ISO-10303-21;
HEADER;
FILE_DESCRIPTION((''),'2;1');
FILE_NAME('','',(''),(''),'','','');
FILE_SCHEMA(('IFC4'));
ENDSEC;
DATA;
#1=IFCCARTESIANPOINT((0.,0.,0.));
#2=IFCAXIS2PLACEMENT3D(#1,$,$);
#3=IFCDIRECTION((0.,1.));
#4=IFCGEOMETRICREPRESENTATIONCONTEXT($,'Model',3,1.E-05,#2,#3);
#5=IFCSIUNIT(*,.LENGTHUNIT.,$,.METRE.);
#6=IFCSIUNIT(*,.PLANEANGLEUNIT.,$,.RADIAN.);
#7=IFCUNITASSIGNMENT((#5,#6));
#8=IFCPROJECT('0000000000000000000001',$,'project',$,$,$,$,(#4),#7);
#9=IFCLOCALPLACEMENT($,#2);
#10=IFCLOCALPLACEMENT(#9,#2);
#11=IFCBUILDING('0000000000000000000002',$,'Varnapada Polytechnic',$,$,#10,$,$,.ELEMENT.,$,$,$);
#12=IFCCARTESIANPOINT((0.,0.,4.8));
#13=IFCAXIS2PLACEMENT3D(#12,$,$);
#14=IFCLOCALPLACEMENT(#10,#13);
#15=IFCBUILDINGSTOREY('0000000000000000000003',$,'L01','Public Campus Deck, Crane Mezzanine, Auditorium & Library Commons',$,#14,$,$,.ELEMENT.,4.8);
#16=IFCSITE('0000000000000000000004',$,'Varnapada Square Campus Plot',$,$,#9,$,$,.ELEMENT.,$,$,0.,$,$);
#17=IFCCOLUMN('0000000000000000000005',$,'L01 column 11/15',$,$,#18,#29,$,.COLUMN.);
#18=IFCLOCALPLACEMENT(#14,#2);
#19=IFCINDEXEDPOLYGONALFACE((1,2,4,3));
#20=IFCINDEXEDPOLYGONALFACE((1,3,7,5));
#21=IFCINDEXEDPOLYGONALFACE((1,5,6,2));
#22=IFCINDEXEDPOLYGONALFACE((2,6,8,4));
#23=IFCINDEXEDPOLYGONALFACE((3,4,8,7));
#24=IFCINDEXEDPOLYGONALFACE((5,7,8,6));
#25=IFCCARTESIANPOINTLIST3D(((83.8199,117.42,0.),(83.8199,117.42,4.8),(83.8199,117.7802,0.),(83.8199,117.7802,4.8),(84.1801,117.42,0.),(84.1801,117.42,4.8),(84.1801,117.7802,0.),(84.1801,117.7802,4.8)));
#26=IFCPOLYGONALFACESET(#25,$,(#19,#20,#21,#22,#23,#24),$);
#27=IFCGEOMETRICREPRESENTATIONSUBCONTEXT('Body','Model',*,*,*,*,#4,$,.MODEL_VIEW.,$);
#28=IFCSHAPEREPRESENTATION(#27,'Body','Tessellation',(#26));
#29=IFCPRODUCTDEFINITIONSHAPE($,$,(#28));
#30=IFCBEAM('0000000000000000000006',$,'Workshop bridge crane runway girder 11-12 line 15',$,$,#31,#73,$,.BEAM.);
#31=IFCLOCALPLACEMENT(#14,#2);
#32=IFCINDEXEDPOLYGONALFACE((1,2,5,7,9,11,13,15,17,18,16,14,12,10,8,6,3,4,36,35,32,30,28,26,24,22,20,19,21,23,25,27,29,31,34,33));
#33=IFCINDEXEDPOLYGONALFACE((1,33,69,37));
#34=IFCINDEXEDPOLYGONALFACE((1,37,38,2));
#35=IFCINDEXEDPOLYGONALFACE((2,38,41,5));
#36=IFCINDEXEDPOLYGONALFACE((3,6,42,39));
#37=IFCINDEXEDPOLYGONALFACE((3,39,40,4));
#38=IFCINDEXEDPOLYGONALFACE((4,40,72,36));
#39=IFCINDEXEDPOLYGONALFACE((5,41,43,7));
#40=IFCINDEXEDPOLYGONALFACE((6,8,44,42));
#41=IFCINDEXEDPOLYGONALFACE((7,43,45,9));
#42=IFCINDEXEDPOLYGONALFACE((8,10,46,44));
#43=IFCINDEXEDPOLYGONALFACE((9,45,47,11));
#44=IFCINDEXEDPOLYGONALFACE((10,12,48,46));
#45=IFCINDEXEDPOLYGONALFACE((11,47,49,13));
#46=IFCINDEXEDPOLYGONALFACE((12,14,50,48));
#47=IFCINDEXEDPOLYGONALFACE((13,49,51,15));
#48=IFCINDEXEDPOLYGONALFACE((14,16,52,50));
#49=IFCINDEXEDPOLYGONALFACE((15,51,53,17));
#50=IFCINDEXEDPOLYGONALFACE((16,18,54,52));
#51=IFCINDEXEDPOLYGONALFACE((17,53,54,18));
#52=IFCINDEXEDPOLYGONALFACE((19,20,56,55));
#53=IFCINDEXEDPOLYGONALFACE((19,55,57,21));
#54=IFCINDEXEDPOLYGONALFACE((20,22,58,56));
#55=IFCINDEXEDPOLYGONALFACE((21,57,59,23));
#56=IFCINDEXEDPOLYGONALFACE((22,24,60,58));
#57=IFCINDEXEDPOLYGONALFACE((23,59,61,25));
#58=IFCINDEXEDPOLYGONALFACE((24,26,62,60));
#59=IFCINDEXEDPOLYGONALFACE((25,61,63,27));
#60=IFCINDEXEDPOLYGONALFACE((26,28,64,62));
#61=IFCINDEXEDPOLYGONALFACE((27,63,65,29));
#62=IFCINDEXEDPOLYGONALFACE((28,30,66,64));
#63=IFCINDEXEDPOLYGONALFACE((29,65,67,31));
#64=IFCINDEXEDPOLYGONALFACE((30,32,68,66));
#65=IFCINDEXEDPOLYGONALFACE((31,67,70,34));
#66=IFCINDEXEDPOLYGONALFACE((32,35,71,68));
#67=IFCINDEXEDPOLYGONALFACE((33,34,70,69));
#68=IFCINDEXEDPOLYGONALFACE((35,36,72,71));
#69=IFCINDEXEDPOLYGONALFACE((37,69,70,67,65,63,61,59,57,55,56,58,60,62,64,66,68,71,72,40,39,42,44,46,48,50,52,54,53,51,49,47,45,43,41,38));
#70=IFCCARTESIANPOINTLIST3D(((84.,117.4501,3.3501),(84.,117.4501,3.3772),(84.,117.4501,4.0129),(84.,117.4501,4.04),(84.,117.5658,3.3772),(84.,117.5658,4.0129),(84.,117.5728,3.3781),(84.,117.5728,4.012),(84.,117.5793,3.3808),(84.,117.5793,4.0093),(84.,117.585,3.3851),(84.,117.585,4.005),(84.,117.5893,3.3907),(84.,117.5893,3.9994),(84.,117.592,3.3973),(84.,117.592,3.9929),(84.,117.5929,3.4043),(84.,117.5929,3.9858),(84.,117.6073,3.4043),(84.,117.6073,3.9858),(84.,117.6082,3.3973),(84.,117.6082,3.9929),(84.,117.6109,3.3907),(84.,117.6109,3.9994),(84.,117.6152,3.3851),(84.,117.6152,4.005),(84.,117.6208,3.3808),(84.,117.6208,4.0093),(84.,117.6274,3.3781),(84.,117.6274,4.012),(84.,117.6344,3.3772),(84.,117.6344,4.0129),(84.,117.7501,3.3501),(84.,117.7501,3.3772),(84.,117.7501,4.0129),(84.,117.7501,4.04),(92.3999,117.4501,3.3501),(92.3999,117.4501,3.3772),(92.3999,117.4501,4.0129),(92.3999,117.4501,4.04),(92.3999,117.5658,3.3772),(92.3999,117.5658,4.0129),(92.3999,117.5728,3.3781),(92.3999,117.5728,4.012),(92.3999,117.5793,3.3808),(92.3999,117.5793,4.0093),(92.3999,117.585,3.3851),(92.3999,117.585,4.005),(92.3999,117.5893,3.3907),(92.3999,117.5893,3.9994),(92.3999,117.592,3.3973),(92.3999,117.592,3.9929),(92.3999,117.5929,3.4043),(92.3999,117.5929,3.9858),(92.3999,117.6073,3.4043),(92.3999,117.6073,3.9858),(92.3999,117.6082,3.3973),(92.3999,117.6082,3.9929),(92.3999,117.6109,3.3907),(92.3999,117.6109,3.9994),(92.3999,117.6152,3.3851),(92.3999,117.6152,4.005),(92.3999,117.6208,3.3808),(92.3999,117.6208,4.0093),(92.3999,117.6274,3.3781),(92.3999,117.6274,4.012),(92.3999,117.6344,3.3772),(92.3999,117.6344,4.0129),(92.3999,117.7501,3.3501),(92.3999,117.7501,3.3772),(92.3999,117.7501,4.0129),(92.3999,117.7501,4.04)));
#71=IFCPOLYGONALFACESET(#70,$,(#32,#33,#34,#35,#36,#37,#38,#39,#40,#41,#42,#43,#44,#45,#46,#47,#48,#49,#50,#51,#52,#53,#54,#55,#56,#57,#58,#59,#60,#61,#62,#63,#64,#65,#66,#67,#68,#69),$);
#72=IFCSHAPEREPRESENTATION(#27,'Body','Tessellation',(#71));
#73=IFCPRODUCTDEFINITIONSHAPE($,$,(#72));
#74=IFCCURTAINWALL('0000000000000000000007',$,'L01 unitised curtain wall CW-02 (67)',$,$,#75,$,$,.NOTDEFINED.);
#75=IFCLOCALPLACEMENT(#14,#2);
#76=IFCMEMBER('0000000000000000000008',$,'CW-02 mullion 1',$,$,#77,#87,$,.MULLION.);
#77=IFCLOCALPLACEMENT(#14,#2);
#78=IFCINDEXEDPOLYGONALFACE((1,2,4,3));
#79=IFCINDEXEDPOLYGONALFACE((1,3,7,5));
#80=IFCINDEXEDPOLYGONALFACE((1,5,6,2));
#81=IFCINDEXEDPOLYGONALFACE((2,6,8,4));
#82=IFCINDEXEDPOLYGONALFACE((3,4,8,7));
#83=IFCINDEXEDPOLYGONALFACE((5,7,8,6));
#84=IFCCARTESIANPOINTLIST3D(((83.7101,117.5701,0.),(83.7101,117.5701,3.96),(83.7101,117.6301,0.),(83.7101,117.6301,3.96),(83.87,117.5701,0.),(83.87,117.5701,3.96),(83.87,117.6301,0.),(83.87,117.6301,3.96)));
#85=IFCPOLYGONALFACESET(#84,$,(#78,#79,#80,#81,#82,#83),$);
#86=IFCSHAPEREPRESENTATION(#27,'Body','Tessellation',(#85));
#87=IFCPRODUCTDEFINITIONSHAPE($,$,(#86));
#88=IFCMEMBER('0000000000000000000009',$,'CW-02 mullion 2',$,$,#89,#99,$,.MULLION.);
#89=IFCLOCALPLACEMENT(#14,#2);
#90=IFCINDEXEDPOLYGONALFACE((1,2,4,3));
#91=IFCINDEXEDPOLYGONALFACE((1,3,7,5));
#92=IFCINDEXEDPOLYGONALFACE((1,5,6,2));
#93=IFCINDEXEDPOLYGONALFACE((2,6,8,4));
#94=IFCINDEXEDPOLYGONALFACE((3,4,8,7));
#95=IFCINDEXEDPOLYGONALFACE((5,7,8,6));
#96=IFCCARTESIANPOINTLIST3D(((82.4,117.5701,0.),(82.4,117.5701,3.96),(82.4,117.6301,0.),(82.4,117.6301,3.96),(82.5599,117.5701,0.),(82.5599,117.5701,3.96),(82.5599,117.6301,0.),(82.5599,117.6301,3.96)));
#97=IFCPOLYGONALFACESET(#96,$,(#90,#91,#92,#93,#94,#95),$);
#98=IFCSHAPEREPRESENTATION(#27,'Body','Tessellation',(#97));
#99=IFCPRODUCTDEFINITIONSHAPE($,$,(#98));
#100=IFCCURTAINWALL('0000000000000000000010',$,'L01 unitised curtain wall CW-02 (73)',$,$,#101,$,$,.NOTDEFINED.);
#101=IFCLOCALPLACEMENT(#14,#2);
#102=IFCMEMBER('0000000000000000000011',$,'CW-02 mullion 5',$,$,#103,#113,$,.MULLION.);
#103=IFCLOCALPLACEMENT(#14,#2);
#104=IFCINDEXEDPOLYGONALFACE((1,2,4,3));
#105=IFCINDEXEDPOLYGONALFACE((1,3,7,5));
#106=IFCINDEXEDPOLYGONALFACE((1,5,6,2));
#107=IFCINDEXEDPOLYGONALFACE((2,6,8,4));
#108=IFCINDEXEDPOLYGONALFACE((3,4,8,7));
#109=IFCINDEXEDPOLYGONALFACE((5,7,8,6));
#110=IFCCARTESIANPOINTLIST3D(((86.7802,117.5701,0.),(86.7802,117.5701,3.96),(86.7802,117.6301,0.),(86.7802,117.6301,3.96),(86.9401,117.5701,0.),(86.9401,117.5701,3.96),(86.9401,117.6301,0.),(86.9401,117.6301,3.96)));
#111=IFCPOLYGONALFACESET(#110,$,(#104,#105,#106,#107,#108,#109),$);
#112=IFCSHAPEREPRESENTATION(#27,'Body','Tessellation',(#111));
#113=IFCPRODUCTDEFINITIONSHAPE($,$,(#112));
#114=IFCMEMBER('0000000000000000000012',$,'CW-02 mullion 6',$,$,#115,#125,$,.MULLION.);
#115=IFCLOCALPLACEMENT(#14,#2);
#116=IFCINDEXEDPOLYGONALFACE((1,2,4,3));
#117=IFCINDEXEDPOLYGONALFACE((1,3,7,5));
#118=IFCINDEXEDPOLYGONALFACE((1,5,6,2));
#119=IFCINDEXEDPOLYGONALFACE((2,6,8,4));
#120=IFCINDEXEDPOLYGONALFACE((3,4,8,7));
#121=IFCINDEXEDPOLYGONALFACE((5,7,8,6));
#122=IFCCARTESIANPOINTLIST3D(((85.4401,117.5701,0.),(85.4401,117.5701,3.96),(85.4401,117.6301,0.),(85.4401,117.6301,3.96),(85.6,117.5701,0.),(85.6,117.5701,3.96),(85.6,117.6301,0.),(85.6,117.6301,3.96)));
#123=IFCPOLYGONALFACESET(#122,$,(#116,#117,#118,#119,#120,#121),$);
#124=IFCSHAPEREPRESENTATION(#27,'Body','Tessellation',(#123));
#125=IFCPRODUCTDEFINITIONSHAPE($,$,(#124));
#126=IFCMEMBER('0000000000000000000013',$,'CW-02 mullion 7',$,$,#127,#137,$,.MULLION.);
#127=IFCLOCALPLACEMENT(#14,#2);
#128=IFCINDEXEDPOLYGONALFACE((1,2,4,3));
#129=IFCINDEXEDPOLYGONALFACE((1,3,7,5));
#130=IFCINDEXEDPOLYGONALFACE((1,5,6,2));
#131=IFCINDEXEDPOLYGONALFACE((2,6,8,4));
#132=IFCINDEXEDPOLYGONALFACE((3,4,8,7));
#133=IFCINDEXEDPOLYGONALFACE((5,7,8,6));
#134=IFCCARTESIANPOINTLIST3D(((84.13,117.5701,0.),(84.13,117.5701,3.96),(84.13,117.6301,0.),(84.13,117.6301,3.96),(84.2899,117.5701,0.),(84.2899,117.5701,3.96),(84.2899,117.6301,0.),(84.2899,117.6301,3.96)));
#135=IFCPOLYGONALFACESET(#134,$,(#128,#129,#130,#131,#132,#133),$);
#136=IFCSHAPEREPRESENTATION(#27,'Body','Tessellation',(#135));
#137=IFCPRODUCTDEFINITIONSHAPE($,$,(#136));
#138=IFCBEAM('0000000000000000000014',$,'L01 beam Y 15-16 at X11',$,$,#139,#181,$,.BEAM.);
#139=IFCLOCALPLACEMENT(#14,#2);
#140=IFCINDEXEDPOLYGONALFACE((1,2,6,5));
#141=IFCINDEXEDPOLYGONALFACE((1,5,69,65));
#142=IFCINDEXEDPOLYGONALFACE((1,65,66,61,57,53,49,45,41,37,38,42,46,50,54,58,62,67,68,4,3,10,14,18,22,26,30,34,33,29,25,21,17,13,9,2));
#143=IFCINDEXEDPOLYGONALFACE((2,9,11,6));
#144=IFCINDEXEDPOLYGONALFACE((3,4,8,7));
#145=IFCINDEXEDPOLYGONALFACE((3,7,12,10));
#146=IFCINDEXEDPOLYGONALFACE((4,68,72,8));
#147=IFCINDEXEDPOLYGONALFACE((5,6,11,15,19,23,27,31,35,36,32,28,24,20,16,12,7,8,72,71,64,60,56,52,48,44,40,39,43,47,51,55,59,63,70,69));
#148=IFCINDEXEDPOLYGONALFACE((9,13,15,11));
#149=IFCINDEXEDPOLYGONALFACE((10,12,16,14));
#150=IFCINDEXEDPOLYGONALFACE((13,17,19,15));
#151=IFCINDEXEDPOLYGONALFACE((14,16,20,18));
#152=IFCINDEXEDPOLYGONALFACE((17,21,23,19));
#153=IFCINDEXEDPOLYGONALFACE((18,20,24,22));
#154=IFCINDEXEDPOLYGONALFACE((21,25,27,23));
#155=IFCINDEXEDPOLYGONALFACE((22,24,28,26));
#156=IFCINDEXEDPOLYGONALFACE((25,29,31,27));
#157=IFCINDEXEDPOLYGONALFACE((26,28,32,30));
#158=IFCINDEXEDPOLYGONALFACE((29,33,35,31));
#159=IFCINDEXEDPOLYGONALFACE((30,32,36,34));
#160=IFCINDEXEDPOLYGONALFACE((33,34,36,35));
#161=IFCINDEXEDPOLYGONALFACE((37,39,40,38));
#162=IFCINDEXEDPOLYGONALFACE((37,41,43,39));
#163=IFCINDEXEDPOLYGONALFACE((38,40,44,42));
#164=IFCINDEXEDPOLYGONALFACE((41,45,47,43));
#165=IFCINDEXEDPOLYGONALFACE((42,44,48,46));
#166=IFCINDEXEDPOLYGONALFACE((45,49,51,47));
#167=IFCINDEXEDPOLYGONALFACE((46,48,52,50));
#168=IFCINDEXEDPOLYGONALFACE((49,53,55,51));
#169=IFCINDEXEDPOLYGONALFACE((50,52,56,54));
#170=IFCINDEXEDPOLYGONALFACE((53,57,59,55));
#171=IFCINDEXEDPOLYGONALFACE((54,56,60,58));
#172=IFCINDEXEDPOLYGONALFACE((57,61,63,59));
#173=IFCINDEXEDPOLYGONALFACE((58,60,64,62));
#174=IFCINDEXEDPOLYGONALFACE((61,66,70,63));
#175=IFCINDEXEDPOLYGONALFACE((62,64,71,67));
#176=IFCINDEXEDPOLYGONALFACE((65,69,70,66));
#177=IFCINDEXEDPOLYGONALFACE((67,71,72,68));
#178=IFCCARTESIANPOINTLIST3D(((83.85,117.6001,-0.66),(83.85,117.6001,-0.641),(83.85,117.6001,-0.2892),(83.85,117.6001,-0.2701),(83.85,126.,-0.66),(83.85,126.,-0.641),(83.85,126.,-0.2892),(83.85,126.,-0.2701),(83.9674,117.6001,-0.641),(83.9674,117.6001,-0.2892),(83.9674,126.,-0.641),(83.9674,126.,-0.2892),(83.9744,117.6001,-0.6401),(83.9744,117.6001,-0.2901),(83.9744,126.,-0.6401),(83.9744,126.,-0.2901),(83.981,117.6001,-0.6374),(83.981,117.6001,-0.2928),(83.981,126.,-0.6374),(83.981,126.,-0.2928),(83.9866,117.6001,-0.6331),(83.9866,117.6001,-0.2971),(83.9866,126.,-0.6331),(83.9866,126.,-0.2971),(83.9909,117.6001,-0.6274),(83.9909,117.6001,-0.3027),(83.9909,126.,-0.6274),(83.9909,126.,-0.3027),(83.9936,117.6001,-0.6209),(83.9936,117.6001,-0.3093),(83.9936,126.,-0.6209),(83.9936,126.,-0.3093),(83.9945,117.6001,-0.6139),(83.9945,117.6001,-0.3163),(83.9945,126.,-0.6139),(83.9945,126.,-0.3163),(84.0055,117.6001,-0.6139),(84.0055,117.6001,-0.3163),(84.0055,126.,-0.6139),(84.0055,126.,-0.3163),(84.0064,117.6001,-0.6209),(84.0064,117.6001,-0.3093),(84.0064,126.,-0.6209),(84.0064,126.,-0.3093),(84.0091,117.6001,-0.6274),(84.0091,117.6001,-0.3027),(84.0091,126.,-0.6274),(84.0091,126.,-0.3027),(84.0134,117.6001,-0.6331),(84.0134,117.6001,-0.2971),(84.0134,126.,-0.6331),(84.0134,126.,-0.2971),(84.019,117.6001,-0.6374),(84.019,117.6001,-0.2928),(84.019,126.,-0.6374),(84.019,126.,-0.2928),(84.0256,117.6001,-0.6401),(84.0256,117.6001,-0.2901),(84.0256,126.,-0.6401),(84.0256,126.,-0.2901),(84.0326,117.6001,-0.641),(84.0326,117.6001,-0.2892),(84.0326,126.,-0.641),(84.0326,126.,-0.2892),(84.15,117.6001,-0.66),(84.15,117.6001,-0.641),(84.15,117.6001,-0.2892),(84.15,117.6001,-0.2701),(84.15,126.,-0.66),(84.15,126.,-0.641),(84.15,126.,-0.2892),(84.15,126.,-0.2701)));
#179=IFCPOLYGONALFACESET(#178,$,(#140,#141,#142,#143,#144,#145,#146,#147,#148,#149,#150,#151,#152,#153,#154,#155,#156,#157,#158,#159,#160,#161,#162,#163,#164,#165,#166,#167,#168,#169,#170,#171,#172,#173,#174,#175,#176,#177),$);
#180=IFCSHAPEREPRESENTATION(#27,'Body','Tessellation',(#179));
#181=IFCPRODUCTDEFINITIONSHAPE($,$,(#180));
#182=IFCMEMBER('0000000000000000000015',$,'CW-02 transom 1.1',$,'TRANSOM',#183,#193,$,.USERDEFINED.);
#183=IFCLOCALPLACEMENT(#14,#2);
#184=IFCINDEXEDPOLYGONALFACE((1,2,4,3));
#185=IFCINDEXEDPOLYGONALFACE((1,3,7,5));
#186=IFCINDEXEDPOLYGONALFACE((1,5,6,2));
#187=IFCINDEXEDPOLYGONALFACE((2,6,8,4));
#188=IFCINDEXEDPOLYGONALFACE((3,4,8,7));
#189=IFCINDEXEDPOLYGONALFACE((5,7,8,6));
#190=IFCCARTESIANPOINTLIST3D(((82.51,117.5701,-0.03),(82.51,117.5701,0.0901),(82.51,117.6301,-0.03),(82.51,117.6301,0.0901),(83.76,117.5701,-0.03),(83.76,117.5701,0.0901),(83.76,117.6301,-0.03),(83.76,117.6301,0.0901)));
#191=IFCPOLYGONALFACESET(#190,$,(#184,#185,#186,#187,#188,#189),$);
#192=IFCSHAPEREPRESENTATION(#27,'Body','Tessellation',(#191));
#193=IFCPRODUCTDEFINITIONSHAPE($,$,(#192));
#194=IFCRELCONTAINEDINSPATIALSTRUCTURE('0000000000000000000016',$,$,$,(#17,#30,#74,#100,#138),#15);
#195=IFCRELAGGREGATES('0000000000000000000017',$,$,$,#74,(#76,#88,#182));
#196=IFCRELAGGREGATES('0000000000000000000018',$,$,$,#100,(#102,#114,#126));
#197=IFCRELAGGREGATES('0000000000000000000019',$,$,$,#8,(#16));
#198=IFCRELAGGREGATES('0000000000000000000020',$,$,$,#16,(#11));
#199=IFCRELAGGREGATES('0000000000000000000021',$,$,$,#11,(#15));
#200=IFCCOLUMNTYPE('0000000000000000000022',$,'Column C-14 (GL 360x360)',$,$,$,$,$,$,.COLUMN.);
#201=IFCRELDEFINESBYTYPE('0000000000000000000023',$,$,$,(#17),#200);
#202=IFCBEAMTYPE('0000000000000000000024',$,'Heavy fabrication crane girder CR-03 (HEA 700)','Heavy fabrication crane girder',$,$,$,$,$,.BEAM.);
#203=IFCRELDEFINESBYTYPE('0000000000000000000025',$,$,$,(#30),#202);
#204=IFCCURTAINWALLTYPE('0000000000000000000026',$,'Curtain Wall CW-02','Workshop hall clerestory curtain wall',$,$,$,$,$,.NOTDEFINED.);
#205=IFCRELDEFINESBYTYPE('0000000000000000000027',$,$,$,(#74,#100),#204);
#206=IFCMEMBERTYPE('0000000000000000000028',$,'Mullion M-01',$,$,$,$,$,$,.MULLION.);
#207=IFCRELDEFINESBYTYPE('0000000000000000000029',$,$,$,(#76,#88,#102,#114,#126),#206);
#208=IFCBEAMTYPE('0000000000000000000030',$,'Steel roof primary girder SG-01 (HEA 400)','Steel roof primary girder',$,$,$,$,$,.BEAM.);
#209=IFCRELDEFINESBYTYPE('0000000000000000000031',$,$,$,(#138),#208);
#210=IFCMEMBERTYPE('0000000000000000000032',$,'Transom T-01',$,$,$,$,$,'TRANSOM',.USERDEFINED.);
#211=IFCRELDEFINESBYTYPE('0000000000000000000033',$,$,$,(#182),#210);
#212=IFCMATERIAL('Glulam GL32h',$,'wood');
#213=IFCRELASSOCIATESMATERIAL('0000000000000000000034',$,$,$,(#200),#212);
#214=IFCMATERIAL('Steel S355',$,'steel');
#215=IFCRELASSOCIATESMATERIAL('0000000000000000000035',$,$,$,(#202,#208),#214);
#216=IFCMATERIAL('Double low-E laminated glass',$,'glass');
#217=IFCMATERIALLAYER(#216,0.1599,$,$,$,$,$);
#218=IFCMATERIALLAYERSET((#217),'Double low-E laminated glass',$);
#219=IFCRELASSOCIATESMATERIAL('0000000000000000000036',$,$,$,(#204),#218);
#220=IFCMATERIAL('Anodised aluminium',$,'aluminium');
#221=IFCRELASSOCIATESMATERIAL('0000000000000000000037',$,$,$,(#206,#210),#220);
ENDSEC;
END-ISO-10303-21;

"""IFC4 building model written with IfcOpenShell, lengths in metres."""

from ifc_helpers import new_model, si_unit, direction, frame, origin, origin_2d, place, context, subcontext, project, spatial, rectangle, i_section, extrude, material, layer, layer_set, material_profile, profile_set, type_object, element, aggregate, save


model = new_model("IFC4")

# Units and contexts
model_context = context("Model", 3, precision=1e-05, world=origin(), true_north=direction((0.0, 1.0)))
body_context = subcontext(model_context, "Body", "Model", "MODEL_VIEW")
ifc_project = project(units=[si_unit("LENGTHUNIT", "METRE"), si_unit("PLANEANGLEUNIT", "RADIAN")], contexts=[model_context])

# Site, building, storey
site_placement = place(None, origin())
site = spatial("IfcSite", under=ifc_project, at=site_placement, Name="Varnapada Square Campus Plot", CompositionType="ELEMENT", RefElevation=0.0)
building_placement = place(site_placement, origin())
building = spatial("IfcBuilding", under=site, at=building_placement, Name="Varnapada Polytechnic", CompositionType="ELEMENT")
storey_placement = place(building_placement, frame((0.0, 0.0, 4.8)))
storey = spatial("IfcBuildingStorey", under=building, at=storey_placement, Name="L01", Description="Public Campus Deck, Crane Mezzanine, Auditorium & Library Commons", CompositionType="ELEMENT", Elevation=4.8)

# Column
ifc_material_1 = material(Name="Glulam GL32h", Category="wood")
ifc_material_profile_1 = material_profile(ifc_material_1, rectangle(XDim=0.3601, YDim=0.3601, at=origin_2d()), Name="GL 360x360")
ifc_profile_set_1 = profile_set([ifc_material_profile_1], Name="Glulam GL32h")
column_type = type_object("IfcColumnType", Name="Column C-14 (GL 360x360)", PredefinedType="COLUMN", material=ifc_profile_set_1)
column_placement = place(storey_placement, frame((84.0, 117.6001, 0.0), z_axis=(0.0, 0.0, 1.0), x_axis=(1.0, 0.0, 0.0)))
element("IfcColumn", 1, at=column_placement, inside=storey, type_object=column_type, Name="L01 column 11/15", PredefinedType="COLUMN", context=body_context, shape_type="SweptSolid", body=[
    extrude(rectangle(XDim=0.3601, YDim=0.3601, at=origin_2d()), origin(), (0.0, 0.0, 1.0), 4.8),
])

# Beam
ifc_material_2 = material(Name="Steel S355", Category="steel")
ifc_material_profile_2 = material_profile(ifc_material_2, i_section(OverallWidth=0.3, OverallDepth=0.6899, WebThickness=0.0144, FlangeThickness=0.0271, FilletRadius=0.0271, at=origin_2d()), Name="HEA 700")
ifc_profile_set_2 = profile_set([ifc_material_profile_2], Name="Steel S355")
beam_type_1 = type_object("IfcBeamType", Name="Heavy fabrication crane girder CR-03 (HEA 700)", Description="Heavy fabrication crane girder", PredefinedType="BEAM", material=ifc_profile_set_2)
beam_1_placement = place(storey_placement, frame((84.0, 117.6001, 3.6951), z_axis=(1.0, 0.0, 0.0), x_axis=(0.0, 1.0, 0.0)))
element("IfcBeam", 2, at=beam_1_placement, inside=storey, type_object=beam_type_1, Name="Workshop bridge crane runway girder 11-12 line 15", PredefinedType="BEAM", context=body_context, shape_type="SweptSolid", body=[
    extrude(i_section(OverallWidth=0.3, OverallDepth=0.6899, WebThickness=0.0144, FlangeThickness=0.0271, FilletRadius=0.0271, at=origin_2d()), origin(), (0.0, 0.0, 1.0), 8.3999),
])

# Curtain walls, members
ifc_material_3 = material(Name="Double low-E laminated glass", Category="glass")
ifc_layer_1 = layer(ifc_material_3, 0.1599)
ifc_layer_set_1 = layer_set([ifc_layer_1], Name="Double low-E laminated glass")
curtain_wall_type = type_object("IfcCurtainWallType", Name="Curtain Wall CW-02", Description="Workshop hall clerestory curtain wall", PredefinedType="NOTDEFINED", material=ifc_layer_set_1)
curtain_wall_1_placement = place(storey_placement, origin())
curtain_wall_1 = element("IfcCurtainWall", 3, at=curtain_wall_1_placement, inside=storey, type_object=curtain_wall_type, Name="L01 unitised curtain wall CW-02 (67)", PredefinedType="NOTDEFINED")
ifc_material_4 = material(Name="Anodised aluminium", Category="aluminium")
ifc_material_profile_3 = material_profile(ifc_material_4, rectangle(XDim=0.0601, YDim=0.1599, at=origin_2d()), Name="ALU M60x160")
ifc_profile_set_3 = profile_set([ifc_material_profile_3], Name="Anodised aluminium")
member_type_1 = type_object("IfcMemberType", Name="Mullion M-01", PredefinedType="MULLION", material=ifc_profile_set_3)
member_1_placement = place(storey_placement, frame((83.79, 117.6001, 0.0), z_axis=(0.0, 0.0, 1.0), x_axis=(0.0, -1.0, 0.0)))
member_1 = element("IfcMember", 4, at=member_1_placement, type_object=member_type_1, Name="CW-02 mullion 1", PredefinedType="MULLION", context=body_context, shape_type="SweptSolid", body=[
    extrude(rectangle(XDim=0.0601, YDim=0.1599, at=origin_2d()), origin(), (0.0, 0.0, 1.0), 3.96),
])
member_2_placement = place(storey_placement, frame((82.48, 117.6001, 0.0), z_axis=(0.0, 0.0, 1.0), x_axis=(0.0, -1.0, 0.0)))
member_2 = element("IfcMember", 5, at=member_2_placement, type_object=member_type_1, Name="CW-02 mullion 2", PredefinedType="MULLION", context=body_context, shape_type="SweptSolid", body=[
    extrude(rectangle(XDim=0.0601, YDim=0.1599, at=origin_2d()), origin(), (0.0, 0.0, 1.0), 3.96),
])
curtain_wall_2_placement = place(storey_placement, origin())
curtain_wall_2 = element("IfcCurtainWall", 6, at=curtain_wall_2_placement, inside=storey, type_object=curtain_wall_type, Name="L01 unitised curtain wall CW-02 (73)", PredefinedType="NOTDEFINED")
member_3_placement = place(storey_placement, frame((86.8601, 117.6001, 0.0), z_axis=(0.0, 0.0, 1.0), x_axis=(0.0, -1.0, 0.0)))
member_3 = element("IfcMember", 7, at=member_3_placement, type_object=member_type_1, Name="CW-02 mullion 5", PredefinedType="MULLION", context=body_context, shape_type="SweptSolid", body=[
    extrude(rectangle(XDim=0.0601, YDim=0.1599, at=origin_2d()), origin(), (0.0, 0.0, 1.0), 3.96),
])
member_4_placement = place(storey_placement, frame((85.52, 117.6001, 0.0), z_axis=(0.0, 0.0, 1.0), x_axis=(0.0, -1.0, 0.0)))
member_4 = element("IfcMember", 8, at=member_4_placement, type_object=member_type_1, Name="CW-02 mullion 6", PredefinedType="MULLION", context=body_context, shape_type="SweptSolid", body=[
    extrude(rectangle(XDim=0.0601, YDim=0.1599, at=origin_2d()), origin(), (0.0, 0.0, 1.0), 3.96),
])
member_5_placement = place(storey_placement, frame((84.21, 117.6001, 0.0), z_axis=(0.0, 0.0, 1.0), x_axis=(0.0, -1.0, 0.0)))
member_5 = element("IfcMember", 9, at=member_5_placement, type_object=member_type_1, Name="CW-02 mullion 7", PredefinedType="MULLION", context=body_context, shape_type="SweptSolid", body=[
    extrude(rectangle(XDim=0.0601, YDim=0.1599, at=origin_2d()), origin(), (0.0, 0.0, 1.0), 3.96),
])

# Beam
ifc_material_profile_4 = material_profile(ifc_material_2, i_section(OverallWidth=0.3, OverallDepth=0.3899, WebThickness=0.011, FlangeThickness=0.019, FilletRadius=0.0271, at=origin_2d()), Name="HEA 400")
ifc_profile_set_4 = profile_set([ifc_material_profile_4], Name="Steel S355")
beam_type_2 = type_object("IfcBeamType", Name="Steel roof primary girder SG-01 (HEA 400)", Description="Steel roof primary girder", PredefinedType="BEAM", material=ifc_profile_set_4)
beam_2_placement = place(storey_placement, frame((84.0, 117.6001, -0.4651), z_axis=(0.0, 1.0, 0.0), x_axis=(-1.0, 0.0, 0.0)))
element("IfcBeam", 10, at=beam_2_placement, inside=storey, type_object=beam_type_2, Name="L01 beam Y 15-16 at X11", PredefinedType="BEAM", context=body_context, shape_type="SweptSolid", body=[
    extrude(i_section(OverallWidth=0.3, OverallDepth=0.3899, WebThickness=0.011, FlangeThickness=0.019, FilletRadius=0.0271, at=origin_2d()), origin(), (0.0, 0.0, 1.0), 8.3999),
])

# Member
ifc_material_profile_5 = material_profile(ifc_material_4, rectangle(XDim=0.0601, YDim=0.1201, at=origin_2d()), Name="ALU T60x120")
ifc_profile_set_5 = profile_set([ifc_material_profile_5], Name="Anodised aluminium")
member_type_2 = type_object("IfcMemberType", Name="Transom T-01", ElementType="TRANSOM", PredefinedType="USERDEFINED", material=ifc_profile_set_5)
member_6_placement = place(storey_placement, frame((83.76, 117.6001, 0.03), z_axis=(-1.0, 0.0, 0.0), x_axis=(0.0, -1.0, 0.0)))
member_6 = element("IfcMember", 11, at=member_6_placement, type_object=member_type_2, Name="CW-02 transom 1.1", ObjectType="TRANSOM", PredefinedType="USERDEFINED", context=body_context, shape_type="SweptSolid", body=[
    extrude(rectangle(XDim=0.0601, YDim=0.1201, at=origin_2d()), origin(), (0.0, 0.0, 1.0), 1.25),
])

aggregate(curtain_wall_1, [member_1, member_2, member_6])
aggregate(curtain_wall_2, [member_3, member_4, member_5])

save(model, "model.ifc")
